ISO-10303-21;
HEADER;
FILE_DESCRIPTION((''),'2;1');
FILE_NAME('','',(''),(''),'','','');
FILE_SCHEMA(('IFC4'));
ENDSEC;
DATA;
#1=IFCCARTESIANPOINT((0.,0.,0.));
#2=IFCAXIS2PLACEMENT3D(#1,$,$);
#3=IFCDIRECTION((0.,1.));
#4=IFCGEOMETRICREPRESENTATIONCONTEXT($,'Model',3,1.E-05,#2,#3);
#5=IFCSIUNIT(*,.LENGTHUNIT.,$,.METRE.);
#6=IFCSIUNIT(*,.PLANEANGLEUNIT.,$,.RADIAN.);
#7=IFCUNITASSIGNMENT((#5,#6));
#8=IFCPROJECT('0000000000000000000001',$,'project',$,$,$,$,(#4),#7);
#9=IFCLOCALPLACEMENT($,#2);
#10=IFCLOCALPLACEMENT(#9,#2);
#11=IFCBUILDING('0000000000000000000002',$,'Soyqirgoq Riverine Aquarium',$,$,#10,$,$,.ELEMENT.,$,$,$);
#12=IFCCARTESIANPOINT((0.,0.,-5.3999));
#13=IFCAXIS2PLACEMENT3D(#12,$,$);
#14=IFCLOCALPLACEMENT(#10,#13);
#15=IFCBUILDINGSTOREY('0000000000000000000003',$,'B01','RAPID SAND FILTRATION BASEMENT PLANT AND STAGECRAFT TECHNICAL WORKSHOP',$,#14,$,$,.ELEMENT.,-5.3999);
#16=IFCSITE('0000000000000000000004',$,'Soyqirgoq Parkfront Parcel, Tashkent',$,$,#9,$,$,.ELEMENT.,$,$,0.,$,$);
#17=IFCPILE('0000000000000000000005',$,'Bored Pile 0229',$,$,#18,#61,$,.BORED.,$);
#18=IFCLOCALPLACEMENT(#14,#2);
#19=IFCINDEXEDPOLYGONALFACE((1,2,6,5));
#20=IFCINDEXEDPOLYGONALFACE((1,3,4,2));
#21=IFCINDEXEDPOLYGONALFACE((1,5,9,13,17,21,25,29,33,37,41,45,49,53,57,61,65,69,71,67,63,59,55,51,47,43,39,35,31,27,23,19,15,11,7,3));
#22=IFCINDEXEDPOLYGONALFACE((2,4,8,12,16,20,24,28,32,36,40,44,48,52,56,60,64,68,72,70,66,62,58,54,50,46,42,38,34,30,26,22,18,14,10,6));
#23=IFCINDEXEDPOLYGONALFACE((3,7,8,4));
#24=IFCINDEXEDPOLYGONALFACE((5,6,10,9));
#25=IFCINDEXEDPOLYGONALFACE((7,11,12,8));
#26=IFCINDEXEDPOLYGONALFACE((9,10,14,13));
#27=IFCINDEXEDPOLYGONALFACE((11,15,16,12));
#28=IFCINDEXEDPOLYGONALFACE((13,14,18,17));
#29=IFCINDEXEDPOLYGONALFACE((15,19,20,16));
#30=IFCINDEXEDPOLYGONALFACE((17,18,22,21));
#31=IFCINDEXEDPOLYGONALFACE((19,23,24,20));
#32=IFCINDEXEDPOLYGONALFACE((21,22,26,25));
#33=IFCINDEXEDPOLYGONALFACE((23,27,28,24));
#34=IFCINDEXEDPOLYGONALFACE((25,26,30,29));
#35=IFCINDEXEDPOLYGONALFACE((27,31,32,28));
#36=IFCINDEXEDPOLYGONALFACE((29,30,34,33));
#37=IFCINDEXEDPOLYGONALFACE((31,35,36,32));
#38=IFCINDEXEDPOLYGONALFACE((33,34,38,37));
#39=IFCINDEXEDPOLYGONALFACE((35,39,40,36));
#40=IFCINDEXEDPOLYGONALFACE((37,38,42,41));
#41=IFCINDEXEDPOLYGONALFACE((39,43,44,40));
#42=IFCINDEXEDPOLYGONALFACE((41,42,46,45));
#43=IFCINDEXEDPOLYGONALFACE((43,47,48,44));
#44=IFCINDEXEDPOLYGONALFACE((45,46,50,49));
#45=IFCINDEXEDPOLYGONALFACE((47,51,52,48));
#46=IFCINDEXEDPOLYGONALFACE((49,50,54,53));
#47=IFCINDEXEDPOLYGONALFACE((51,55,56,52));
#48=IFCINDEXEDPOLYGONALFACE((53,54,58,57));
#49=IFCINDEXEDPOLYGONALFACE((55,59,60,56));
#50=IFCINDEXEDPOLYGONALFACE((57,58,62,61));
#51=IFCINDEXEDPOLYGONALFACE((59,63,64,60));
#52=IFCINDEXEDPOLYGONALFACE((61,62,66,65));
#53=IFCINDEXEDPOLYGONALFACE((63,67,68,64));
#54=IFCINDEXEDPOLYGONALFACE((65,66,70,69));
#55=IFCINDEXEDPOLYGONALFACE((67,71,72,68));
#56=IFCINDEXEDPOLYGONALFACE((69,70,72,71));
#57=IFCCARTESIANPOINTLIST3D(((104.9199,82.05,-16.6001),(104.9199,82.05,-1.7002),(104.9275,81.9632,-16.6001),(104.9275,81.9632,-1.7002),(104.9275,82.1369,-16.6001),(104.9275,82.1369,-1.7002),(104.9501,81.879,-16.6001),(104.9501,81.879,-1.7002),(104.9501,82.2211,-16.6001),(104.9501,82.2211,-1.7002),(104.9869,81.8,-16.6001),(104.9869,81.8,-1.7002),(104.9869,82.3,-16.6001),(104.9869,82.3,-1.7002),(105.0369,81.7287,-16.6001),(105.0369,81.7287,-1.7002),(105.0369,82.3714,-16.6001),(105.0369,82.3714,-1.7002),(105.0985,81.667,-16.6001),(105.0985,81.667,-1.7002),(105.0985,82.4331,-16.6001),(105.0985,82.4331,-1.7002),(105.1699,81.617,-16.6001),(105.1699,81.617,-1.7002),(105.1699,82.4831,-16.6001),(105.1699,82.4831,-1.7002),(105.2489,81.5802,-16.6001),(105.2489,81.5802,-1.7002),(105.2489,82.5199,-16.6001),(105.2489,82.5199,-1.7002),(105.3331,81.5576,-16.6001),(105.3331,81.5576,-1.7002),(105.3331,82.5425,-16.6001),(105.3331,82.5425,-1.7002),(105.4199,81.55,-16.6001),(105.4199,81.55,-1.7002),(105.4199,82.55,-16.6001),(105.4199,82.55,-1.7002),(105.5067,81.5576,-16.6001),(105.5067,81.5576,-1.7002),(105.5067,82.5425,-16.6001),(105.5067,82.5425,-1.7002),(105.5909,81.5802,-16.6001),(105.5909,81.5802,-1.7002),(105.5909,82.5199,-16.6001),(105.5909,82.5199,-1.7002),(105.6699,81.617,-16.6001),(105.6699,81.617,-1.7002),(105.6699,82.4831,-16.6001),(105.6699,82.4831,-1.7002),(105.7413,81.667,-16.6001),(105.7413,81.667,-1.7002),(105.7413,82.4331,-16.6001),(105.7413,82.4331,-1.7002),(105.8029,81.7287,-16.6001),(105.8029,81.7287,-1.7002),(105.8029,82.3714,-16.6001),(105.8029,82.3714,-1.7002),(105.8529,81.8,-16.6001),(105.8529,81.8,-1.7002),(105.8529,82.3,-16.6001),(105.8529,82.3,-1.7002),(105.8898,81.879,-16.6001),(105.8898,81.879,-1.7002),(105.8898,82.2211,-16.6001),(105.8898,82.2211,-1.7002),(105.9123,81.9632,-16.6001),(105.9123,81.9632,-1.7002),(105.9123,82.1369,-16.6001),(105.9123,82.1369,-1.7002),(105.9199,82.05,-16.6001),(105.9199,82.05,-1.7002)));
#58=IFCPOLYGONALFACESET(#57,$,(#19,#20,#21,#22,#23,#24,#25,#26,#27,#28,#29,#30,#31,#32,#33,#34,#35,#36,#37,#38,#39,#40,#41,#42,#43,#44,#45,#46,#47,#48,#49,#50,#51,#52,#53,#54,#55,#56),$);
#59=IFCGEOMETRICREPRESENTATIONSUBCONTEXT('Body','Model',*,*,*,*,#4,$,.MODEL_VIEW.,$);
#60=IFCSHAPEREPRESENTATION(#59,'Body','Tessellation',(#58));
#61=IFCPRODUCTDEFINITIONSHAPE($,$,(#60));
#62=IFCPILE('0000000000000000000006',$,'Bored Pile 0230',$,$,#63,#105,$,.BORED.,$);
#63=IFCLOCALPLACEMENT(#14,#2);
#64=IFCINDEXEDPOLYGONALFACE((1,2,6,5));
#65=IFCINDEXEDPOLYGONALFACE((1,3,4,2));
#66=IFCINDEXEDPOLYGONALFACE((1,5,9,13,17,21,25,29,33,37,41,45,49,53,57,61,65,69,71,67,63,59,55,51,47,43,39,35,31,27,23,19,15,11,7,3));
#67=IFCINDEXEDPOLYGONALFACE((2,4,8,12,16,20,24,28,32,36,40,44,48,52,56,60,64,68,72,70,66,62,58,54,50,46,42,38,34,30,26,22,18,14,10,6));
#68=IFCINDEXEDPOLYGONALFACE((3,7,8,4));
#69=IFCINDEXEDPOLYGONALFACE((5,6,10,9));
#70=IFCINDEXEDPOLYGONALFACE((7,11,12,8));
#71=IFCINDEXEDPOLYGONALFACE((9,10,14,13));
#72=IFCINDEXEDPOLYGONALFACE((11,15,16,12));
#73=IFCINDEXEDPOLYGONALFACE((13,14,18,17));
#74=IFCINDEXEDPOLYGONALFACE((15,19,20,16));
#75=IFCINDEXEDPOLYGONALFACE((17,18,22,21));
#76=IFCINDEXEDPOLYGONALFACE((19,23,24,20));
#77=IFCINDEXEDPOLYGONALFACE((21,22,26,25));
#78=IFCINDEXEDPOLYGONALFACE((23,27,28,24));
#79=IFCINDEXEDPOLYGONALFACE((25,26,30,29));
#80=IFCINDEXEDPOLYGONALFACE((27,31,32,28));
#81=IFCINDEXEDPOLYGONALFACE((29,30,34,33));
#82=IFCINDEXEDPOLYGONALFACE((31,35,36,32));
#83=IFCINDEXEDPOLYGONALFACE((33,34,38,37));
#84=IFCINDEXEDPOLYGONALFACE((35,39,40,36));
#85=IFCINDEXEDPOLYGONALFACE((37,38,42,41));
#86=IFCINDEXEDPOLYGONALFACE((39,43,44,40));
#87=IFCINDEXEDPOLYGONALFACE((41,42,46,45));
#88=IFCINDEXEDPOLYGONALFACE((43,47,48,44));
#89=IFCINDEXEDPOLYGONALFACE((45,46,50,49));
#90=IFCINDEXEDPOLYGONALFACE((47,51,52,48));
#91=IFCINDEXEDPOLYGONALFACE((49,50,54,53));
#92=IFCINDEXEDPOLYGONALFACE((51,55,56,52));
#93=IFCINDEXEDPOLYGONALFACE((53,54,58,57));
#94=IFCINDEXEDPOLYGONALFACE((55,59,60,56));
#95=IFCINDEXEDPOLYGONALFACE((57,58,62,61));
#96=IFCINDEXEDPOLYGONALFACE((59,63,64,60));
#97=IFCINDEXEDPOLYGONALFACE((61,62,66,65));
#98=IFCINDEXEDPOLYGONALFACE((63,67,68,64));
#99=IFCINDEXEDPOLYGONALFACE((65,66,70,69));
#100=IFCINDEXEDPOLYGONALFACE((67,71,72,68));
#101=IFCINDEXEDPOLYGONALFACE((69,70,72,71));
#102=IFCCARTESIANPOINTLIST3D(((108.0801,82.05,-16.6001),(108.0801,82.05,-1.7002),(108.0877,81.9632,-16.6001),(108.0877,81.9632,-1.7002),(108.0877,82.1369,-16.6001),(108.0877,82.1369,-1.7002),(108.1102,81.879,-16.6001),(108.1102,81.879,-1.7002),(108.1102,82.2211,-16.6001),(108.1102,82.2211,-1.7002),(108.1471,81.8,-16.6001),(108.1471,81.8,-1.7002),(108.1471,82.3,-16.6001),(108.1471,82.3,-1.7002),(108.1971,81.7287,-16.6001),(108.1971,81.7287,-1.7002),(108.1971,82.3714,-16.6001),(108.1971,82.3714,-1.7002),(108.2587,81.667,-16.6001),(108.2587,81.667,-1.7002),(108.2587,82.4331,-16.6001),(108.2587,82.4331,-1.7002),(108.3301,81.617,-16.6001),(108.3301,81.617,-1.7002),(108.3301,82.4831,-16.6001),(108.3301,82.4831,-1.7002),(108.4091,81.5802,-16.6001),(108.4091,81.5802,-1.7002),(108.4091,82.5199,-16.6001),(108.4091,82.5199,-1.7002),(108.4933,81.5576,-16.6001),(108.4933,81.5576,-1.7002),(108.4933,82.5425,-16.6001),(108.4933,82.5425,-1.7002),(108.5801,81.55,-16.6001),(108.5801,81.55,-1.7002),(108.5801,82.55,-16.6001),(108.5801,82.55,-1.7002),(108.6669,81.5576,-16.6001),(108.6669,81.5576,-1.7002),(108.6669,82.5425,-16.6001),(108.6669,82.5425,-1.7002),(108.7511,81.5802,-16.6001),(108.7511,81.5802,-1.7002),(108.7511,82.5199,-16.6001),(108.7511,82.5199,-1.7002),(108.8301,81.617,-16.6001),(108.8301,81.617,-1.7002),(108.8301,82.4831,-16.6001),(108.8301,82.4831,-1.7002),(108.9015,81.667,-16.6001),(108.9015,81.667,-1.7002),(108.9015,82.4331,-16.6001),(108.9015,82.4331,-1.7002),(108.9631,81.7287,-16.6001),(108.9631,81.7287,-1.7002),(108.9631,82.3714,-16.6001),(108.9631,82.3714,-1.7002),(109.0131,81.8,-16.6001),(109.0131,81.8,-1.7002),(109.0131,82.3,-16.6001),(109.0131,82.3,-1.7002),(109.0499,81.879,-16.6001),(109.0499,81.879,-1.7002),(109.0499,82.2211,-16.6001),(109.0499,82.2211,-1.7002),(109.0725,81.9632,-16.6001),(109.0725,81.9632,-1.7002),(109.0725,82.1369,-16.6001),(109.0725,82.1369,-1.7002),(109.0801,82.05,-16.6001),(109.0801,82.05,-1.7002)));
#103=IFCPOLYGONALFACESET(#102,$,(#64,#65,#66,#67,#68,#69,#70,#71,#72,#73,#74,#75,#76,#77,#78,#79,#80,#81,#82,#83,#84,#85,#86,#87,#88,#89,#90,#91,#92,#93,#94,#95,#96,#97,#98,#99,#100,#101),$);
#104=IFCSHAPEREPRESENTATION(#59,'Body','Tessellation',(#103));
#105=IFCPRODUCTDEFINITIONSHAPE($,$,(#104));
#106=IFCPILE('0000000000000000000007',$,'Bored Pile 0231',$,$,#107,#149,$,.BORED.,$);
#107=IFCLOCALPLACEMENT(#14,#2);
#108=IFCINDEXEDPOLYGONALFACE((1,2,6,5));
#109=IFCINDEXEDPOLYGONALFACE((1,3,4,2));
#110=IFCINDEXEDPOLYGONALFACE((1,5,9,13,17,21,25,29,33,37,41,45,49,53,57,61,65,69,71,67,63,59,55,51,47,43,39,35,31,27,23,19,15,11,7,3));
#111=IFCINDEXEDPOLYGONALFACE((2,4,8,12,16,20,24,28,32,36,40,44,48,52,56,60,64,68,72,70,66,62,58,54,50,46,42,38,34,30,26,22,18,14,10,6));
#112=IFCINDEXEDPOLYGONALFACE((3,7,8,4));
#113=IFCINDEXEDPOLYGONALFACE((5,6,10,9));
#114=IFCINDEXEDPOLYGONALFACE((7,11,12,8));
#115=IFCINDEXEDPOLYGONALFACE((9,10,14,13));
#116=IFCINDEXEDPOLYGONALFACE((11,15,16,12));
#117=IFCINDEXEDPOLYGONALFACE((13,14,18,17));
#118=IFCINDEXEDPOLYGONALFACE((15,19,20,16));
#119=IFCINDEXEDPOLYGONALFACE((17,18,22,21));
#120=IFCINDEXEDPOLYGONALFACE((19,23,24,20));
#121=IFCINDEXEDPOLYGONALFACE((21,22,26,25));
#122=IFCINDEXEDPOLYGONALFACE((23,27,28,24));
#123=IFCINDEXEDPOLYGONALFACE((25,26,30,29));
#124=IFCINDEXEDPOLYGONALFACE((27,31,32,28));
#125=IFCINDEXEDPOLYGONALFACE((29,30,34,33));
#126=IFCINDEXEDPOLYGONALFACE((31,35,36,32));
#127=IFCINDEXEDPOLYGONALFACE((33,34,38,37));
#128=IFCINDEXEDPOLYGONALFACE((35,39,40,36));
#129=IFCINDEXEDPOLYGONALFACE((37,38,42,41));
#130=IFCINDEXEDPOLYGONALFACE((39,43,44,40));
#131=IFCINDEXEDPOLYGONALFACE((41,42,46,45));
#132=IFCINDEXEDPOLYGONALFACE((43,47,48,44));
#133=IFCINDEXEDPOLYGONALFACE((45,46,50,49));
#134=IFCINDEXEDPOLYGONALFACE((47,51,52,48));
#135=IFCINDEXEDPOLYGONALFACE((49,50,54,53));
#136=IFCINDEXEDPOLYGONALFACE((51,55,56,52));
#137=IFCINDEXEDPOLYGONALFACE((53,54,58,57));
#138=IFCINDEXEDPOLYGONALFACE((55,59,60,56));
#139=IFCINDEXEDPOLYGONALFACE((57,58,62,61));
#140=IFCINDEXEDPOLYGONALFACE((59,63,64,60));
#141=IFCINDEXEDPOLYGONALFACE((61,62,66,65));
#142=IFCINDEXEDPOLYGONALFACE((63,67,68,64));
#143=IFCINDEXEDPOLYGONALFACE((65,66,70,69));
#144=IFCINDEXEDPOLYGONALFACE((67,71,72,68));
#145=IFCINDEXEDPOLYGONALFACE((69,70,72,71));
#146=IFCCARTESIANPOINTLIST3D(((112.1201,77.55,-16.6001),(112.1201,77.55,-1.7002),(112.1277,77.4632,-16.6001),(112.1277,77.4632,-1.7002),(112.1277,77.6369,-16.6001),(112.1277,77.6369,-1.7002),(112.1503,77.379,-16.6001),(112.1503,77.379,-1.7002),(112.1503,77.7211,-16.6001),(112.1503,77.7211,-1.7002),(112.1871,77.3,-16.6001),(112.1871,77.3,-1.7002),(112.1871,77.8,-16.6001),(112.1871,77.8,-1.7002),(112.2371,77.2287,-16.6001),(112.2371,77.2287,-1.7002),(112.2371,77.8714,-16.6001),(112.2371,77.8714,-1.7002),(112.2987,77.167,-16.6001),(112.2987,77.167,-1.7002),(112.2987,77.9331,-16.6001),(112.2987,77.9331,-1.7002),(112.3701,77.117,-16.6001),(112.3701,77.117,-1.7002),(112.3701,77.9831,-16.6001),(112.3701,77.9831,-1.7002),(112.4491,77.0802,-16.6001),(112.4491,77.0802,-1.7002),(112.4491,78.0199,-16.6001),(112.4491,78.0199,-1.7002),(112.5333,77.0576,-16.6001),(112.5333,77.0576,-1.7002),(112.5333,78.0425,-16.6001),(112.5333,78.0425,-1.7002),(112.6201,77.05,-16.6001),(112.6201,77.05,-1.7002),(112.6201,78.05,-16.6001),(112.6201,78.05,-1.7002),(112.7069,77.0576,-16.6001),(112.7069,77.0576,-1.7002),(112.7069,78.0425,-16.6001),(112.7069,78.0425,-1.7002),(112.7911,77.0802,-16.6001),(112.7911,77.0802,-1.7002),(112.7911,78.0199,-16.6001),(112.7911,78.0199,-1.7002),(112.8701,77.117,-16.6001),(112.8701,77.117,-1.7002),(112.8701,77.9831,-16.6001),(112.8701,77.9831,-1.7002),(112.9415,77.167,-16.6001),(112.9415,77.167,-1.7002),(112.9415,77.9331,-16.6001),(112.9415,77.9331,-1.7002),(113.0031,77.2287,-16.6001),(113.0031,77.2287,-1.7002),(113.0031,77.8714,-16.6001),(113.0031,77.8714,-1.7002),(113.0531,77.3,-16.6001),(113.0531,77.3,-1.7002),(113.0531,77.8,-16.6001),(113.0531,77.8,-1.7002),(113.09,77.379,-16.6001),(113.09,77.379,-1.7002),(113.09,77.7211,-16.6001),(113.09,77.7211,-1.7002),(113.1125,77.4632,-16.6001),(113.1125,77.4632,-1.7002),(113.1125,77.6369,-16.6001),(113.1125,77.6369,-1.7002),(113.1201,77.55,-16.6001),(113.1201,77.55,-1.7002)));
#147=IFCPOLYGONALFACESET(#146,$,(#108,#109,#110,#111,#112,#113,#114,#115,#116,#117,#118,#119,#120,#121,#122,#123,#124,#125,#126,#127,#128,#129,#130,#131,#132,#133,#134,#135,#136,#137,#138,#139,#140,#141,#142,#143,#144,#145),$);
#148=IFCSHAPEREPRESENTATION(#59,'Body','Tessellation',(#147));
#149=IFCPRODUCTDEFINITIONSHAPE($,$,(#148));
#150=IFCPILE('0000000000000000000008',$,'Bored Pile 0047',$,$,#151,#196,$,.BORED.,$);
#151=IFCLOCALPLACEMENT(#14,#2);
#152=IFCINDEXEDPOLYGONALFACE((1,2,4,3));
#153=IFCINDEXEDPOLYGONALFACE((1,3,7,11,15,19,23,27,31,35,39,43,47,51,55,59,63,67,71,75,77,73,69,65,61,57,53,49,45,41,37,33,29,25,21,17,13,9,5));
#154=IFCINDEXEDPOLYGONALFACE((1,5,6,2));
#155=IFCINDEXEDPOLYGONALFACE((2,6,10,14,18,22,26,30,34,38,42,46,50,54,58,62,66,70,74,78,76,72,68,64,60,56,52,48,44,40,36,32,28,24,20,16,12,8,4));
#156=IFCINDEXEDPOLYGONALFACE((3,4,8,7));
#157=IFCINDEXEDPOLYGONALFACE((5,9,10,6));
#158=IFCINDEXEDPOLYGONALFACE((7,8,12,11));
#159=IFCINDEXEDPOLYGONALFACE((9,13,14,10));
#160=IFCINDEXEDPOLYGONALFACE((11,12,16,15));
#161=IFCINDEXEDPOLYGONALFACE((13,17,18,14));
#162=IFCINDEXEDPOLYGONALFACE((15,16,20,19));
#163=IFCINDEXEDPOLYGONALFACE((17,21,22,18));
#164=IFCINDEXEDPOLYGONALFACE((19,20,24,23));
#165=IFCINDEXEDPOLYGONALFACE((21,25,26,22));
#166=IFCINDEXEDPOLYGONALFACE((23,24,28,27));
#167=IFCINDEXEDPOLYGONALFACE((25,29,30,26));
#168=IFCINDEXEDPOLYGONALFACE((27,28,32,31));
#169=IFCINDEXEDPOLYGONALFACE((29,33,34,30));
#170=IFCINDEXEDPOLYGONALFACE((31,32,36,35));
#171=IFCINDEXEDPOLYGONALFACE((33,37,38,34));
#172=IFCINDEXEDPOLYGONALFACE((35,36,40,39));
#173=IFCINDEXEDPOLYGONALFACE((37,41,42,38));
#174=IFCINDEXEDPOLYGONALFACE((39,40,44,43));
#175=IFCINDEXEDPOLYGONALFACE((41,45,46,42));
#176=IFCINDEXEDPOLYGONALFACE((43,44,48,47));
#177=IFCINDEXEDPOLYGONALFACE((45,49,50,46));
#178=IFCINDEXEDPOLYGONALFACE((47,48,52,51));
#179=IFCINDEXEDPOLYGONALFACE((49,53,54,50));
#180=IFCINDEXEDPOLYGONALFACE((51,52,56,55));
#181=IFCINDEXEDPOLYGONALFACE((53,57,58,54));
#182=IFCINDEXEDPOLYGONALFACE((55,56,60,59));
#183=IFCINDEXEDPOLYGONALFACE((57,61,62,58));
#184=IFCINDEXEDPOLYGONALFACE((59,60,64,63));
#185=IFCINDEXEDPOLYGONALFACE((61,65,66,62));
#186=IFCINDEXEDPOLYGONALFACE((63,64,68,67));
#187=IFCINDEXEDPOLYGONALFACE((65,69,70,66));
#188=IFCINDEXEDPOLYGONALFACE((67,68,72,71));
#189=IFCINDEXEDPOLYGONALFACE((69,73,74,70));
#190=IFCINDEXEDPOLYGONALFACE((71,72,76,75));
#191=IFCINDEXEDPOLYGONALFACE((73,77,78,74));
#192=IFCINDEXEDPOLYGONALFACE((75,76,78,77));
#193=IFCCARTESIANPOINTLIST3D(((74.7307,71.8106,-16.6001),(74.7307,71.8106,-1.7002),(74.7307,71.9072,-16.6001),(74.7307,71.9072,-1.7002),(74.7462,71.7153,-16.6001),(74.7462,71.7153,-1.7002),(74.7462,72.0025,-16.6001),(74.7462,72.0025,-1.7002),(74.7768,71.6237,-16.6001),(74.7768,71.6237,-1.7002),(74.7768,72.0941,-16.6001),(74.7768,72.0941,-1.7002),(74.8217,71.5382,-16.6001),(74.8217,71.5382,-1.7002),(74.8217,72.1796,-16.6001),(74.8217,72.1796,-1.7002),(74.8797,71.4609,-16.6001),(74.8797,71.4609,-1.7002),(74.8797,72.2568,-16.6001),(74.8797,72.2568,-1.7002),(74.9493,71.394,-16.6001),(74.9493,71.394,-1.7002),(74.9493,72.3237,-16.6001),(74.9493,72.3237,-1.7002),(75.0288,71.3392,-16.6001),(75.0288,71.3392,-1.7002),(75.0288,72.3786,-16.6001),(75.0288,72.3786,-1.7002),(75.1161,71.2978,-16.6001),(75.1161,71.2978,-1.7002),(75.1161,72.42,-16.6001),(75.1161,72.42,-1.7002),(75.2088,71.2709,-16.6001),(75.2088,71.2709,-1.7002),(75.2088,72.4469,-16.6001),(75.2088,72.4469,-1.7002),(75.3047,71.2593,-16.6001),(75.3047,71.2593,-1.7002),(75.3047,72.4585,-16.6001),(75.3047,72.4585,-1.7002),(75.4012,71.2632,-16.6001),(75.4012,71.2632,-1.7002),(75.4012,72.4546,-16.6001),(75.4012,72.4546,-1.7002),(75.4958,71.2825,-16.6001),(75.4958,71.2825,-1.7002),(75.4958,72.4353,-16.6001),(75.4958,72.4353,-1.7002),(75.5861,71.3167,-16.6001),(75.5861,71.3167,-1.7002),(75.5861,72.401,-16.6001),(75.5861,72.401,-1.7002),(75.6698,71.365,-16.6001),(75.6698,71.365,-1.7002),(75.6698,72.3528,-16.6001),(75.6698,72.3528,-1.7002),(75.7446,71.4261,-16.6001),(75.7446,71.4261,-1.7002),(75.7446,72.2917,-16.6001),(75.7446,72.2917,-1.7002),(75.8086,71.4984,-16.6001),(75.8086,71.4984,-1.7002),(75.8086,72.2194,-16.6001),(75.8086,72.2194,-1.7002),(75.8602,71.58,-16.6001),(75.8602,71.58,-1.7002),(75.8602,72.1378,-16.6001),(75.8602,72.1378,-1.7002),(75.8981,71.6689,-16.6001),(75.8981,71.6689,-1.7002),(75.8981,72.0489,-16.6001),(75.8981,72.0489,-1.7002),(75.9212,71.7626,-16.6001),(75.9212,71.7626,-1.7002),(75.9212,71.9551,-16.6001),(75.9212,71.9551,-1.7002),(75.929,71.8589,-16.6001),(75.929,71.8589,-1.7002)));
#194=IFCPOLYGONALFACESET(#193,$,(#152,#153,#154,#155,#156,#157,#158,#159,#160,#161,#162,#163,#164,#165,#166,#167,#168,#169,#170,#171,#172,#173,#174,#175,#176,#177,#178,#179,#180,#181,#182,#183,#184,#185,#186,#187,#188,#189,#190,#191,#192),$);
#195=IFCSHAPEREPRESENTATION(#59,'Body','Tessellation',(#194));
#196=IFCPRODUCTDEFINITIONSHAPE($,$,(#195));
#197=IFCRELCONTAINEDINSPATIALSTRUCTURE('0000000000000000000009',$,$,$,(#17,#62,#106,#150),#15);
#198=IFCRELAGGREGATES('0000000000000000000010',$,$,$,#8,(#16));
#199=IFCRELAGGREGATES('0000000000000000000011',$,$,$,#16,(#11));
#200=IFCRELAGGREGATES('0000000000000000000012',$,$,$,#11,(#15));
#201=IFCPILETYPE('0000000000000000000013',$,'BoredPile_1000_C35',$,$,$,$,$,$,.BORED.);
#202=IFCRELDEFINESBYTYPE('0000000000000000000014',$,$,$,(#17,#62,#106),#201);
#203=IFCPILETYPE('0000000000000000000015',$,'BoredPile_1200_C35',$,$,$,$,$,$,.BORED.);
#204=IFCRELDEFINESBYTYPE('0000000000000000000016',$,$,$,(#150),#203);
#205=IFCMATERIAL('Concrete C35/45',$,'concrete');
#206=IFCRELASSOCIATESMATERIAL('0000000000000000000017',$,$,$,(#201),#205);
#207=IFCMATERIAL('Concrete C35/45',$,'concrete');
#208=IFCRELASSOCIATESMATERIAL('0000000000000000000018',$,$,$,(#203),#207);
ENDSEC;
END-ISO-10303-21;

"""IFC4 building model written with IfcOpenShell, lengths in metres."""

from ifc_helpers import new_model, si_unit, direction, frame, origin, origin_2d, place, context, subcontext, project, spatial, circle, extrude, material, material_profile, profile_set, type_object, element, save


model = new_model("IFC4")

# Units and contexts
model_context = context("Model", 3, precision=1e-05, world=origin(), true_north=direction((0.0, 1.0)))
body_context = subcontext(model_context, "Body", "Model", "MODEL_VIEW")
ifc_project = project(units=[si_unit("LENGTHUNIT", "METRE"), si_unit("PLANEANGLEUNIT", "RADIAN")], contexts=[model_context])

# Site, building, storey
site_placement = place(None, origin())
site = spatial("IfcSite", under=ifc_project, at=site_placement, Name="Soyqirgoq Parkfront Parcel, Tashkent", CompositionType="ELEMENT", RefElevation=0.0)
building_placement = place(site_placement, origin())
building = spatial("IfcBuilding", under=site, at=building_placement, Name="Soyqirgoq Riverine Aquarium", CompositionType="ELEMENT")
storey_placement = place(building_placement, frame((0.0, 0.0, -5.3999)))
storey = spatial("IfcBuildingStorey", under=building, at=storey_placement, Name="B01", Description="RAPID SAND FILTRATION BASEMENT PLANT AND STAGECRAFT TECHNICAL WORKSHOP", CompositionType="ELEMENT", Elevation=-5.3999)

# Piles
ifc_material_1 = material(Name="Concrete C35/45", Category="concrete")
ifc_material_profile_1 = material_profile(ifc_material_1, circle(Radius=0.5, at=origin_2d()), Name="BP D1000")
ifc_profile_set_1 = profile_set([ifc_material_profile_1], Name="Concrete C35/45")
pile_type_1 = type_object("IfcPileType", Name="BoredPile_1000_C35", PredefinedType="BORED", material=ifc_profile_set_1)
for number, where, z_axis, x_axis, name in (
    (1, (105.4199, 82.05, -1.7002), (0.0, 0.0, -1.0), (1.0, 0.0, 0.0), "Bored Pile 0229"),
    (2, (108.5801, 82.05, -1.7002), (0.0, 0.0, -1.0), (1.0, 0.0, 0.0), "Bored Pile 0230"),
    (3, (112.6201, 77.55, -1.7002), (0.0, 0.0, -1.0), (1.0, 0.0, 0.0), "Bored Pile 0231"),
):
    element("IfcPile", number, at=place(storey_placement, frame(where, z_axis=z_axis, x_axis=x_axis)), inside=storey, type_object=pile_type_1, Name=name, PredefinedType="BORED", context=body_context, shape_type="SweptSolid", body=[
        extrude(circle(Radius=0.5, at=origin_2d()), origin(), (0.0, 0.0, 1.0), 14.8999),
    ])
ifc_material_2 = material(Name="Concrete C35/45", Category="concrete")
ifc_material_profile_2 = material_profile(ifc_material_2, circle(Radius=0.6001, at=origin_2d()), Name="BP D1200")
ifc_profile_set_2 = profile_set([ifc_material_profile_2], Name="Concrete C35/45")
pile_type_2 = type_object("IfcPileType", Name="BoredPile_1200_C35", PredefinedType="BORED", material=ifc_profile_set_2)
for number, where, z_axis, x_axis, name in (
    (4, (75.3289, 71.8589, -1.7002), (0.0, 0.0, -1.0), (1.0, 0.0, 0.0), "Bored Pile 0047"),
):
    element("IfcPile", number, at=place(storey_placement, frame(where, z_axis=z_axis, x_axis=x_axis)), inside=storey, type_object=pile_type_2, Name=name, PredefinedType="BORED", context=body_context, shape_type="SweptSolid", body=[
        extrude(circle(Radius=0.6001, at=origin_2d()), origin(), (0.0, 0.0, 1.0), 14.8999),
    ])

save(model, "model.ifc")
